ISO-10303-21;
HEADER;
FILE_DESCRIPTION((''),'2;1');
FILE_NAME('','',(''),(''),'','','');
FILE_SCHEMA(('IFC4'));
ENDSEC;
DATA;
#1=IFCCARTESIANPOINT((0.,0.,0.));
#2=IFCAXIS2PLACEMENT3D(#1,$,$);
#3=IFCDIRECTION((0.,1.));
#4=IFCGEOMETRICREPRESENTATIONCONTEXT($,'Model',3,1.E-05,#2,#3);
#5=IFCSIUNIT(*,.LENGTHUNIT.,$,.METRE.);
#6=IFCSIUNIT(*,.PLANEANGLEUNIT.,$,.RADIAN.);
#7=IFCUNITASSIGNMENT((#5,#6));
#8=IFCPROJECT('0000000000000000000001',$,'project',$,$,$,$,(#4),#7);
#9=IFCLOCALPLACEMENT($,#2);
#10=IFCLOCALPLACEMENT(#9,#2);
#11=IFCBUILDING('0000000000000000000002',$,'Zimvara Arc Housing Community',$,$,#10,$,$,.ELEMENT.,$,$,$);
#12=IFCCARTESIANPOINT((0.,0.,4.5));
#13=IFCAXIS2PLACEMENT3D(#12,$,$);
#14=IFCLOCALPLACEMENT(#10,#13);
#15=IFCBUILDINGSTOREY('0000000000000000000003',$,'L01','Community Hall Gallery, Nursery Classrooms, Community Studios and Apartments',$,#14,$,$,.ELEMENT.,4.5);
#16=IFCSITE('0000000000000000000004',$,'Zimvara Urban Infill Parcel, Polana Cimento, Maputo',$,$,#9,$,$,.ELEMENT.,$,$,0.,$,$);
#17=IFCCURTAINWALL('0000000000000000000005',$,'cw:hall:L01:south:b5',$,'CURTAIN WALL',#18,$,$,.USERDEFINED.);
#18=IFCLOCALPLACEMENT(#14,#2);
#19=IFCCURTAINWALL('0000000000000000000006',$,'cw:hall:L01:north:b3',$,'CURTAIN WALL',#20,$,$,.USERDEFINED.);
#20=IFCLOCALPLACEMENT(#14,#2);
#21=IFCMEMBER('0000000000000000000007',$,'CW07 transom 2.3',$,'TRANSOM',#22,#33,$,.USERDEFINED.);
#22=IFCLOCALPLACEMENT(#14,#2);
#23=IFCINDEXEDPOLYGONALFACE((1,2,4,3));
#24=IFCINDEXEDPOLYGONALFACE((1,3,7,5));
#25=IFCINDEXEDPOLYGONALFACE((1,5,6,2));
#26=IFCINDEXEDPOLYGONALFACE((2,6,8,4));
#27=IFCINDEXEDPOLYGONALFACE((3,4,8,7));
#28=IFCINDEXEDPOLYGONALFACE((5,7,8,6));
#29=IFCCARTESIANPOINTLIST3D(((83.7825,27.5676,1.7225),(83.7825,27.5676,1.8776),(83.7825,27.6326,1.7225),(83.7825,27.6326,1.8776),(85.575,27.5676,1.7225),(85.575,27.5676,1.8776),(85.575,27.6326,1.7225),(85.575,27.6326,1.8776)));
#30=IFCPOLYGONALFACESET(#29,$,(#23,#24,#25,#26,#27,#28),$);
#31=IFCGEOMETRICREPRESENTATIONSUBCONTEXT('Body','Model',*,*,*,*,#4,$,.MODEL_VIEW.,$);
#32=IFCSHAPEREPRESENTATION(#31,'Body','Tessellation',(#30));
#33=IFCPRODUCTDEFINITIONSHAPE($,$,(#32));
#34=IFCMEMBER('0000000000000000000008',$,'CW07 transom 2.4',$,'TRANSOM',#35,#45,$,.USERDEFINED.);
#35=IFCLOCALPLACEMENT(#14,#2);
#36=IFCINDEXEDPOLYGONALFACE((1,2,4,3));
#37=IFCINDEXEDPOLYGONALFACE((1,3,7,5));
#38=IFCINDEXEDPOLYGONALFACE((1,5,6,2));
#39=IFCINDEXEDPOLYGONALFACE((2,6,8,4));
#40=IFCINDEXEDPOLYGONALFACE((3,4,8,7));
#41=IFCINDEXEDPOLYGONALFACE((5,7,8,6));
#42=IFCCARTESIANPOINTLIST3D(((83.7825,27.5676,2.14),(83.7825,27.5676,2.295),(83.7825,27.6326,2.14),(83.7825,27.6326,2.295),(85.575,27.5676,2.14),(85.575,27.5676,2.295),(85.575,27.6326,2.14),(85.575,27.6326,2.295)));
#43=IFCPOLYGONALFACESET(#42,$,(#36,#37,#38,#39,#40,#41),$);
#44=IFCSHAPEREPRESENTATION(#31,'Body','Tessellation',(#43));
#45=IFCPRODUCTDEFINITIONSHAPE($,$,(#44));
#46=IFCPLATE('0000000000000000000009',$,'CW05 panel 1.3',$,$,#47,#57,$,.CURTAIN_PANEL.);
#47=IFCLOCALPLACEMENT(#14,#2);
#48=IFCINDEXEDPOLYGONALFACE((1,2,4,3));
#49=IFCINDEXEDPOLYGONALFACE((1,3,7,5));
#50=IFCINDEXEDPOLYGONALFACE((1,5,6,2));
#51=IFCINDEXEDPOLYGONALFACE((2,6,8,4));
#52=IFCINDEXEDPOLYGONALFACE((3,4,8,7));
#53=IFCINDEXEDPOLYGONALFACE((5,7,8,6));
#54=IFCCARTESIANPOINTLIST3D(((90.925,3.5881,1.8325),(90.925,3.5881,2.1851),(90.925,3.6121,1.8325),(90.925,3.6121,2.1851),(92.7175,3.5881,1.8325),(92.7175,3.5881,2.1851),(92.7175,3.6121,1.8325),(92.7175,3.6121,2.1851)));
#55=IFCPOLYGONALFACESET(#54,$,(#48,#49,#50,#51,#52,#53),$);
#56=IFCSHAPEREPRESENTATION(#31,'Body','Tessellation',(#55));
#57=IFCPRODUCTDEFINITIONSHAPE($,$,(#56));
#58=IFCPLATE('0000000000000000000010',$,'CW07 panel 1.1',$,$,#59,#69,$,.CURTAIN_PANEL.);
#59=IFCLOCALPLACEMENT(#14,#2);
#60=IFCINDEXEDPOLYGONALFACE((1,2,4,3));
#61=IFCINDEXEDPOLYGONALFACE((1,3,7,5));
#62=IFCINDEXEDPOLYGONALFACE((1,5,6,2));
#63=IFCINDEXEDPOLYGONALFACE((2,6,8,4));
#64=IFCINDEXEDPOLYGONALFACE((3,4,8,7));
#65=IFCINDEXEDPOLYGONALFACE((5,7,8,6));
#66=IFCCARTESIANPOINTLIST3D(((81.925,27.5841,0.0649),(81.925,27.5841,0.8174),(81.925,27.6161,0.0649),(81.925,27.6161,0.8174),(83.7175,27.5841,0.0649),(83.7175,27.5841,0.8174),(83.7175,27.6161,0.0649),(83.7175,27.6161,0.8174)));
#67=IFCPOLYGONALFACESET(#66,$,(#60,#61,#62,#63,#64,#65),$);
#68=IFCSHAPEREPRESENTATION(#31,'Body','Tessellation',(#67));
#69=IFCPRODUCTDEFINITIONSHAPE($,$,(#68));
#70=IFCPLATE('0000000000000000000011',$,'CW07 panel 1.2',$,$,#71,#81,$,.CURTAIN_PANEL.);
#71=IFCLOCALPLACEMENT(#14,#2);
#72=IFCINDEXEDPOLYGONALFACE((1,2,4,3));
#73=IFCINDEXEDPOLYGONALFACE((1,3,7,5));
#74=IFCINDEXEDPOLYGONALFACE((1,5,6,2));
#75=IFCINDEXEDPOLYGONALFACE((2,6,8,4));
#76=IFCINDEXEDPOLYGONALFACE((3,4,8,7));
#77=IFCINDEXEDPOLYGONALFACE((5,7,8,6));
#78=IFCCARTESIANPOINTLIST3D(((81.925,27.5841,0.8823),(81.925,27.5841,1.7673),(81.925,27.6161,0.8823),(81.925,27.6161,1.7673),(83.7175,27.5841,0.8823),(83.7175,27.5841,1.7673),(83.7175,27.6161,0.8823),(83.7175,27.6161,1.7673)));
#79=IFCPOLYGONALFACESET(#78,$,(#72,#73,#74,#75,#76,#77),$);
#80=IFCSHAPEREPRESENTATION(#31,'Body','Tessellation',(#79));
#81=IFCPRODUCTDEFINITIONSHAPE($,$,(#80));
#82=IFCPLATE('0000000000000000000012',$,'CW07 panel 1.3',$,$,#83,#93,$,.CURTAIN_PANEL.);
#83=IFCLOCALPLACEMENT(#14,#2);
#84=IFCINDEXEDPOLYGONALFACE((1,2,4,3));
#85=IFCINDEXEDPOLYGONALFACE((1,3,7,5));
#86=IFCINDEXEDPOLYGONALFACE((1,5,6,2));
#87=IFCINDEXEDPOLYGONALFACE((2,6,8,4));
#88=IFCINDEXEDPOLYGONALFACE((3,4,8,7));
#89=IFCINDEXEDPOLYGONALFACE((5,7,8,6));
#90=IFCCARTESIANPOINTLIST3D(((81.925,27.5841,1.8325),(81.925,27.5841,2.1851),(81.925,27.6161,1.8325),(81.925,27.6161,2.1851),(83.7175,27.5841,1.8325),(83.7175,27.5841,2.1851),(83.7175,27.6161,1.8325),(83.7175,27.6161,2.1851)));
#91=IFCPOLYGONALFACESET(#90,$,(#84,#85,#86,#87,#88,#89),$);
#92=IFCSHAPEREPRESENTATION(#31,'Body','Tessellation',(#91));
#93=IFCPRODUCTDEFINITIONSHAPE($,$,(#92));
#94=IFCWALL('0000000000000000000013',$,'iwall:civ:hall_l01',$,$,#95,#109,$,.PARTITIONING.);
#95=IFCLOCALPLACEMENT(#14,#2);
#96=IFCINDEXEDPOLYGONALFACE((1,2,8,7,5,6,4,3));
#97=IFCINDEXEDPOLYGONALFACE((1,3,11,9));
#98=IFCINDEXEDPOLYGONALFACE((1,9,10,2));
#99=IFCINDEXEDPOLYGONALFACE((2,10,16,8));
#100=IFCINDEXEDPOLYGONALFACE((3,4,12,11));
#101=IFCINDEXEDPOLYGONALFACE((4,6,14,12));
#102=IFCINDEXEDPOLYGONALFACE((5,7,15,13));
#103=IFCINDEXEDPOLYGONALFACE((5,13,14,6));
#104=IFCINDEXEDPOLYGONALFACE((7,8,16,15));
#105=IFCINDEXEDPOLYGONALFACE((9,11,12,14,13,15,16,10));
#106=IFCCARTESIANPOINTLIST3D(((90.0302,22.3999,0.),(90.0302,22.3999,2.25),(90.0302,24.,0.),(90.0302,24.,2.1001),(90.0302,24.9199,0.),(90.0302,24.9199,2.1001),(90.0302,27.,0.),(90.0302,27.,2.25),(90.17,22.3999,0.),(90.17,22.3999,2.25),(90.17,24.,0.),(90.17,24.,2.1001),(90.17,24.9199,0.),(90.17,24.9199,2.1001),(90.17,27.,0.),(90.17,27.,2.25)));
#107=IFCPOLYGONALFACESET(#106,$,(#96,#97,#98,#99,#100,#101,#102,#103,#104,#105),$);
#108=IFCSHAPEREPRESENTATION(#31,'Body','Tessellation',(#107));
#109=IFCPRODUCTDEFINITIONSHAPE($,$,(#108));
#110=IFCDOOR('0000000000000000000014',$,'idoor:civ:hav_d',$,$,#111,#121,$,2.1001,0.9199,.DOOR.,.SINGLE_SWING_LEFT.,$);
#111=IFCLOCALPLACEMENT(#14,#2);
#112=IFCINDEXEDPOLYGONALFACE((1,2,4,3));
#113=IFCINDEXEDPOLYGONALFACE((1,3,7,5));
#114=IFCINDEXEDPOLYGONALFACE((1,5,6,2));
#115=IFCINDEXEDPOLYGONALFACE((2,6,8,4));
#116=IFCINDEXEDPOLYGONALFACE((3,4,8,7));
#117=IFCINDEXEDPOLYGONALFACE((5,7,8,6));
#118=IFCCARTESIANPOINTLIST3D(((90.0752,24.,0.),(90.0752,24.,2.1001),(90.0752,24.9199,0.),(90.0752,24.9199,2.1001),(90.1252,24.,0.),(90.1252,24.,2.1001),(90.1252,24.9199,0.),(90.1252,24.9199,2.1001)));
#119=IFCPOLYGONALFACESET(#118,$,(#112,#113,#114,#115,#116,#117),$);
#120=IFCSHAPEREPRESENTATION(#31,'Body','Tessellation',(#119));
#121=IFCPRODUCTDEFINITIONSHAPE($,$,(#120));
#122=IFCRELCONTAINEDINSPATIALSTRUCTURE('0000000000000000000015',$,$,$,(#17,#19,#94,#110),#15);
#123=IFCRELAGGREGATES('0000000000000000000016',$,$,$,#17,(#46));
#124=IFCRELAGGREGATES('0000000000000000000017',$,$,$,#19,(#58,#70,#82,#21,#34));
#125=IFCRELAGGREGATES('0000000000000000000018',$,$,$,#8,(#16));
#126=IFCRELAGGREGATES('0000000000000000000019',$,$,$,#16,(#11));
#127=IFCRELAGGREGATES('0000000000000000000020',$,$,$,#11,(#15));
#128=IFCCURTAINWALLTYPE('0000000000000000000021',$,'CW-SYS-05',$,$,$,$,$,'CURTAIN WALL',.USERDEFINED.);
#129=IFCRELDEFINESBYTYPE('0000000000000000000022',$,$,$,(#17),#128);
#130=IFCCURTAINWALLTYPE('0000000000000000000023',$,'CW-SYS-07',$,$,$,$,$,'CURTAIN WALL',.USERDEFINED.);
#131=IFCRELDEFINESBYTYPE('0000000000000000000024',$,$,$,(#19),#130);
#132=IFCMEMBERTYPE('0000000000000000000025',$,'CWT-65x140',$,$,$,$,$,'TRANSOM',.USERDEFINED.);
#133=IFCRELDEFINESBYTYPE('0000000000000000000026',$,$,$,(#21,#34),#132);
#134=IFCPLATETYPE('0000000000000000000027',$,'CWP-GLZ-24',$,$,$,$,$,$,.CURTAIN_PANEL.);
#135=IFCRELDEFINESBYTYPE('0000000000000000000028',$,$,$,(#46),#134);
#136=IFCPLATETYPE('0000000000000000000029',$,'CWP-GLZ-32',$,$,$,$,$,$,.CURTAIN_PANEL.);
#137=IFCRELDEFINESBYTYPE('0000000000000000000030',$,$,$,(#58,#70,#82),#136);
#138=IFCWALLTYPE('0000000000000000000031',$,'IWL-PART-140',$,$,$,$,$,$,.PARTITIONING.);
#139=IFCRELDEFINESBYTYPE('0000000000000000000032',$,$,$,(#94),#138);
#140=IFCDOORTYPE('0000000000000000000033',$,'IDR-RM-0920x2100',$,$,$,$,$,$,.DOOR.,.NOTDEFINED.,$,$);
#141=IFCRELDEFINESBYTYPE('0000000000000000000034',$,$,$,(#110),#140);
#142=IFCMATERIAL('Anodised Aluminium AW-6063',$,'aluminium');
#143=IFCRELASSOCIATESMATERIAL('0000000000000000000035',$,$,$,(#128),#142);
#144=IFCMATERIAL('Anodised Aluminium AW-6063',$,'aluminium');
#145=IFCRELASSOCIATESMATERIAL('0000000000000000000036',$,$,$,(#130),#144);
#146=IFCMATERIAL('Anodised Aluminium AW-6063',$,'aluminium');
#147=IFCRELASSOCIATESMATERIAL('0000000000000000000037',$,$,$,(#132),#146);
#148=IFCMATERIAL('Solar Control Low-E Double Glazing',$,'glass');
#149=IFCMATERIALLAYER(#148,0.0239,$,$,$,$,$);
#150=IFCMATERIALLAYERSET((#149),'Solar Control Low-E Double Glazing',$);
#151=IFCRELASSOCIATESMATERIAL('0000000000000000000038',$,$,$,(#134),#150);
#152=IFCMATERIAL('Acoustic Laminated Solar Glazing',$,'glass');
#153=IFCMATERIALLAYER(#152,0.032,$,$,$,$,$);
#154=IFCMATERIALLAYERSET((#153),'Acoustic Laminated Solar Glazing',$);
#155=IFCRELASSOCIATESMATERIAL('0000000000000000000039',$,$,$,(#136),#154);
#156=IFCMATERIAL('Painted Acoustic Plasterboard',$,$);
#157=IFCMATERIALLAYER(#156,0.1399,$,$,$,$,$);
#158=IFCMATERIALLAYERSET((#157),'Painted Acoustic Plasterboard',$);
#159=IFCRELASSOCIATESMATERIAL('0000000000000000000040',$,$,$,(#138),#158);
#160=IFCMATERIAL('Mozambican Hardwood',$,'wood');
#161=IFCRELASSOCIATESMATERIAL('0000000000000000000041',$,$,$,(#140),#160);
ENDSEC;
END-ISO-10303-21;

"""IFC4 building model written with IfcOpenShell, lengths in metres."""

from ifc_helpers import new_model, si_unit, direction, frame, frame_2d, origin, origin_2d, place, context, subcontext, project, spatial, rectangle, extrude, material, layer, layer_set, material_profile, profile_set, type_object, element, fill, aggregate, save


model = new_model("IFC4")

# Units and contexts
model_context = context("Model", 3, precision=1e-05, world=origin(), true_north=direction((0.0, 1.0)))
body_context = subcontext(model_context, "Body", "Model", "MODEL_VIEW")
ifc_project = project(units=[si_unit("LENGTHUNIT", "METRE"), si_unit("PLANEANGLEUNIT", "RADIAN")], contexts=[model_context])

# Site, building, storey
site_placement = place(None, origin())
site = spatial("IfcSite", under=ifc_project, at=site_placement, Name="Zimvara Urban Infill Parcel, Polana Cimento, Maputo", CompositionType="ELEMENT", RefElevation=0.0)
building_placement = place(site_placement, origin())
building = spatial("IfcBuilding", under=site, at=building_placement, Name="Zimvara Arc Housing Community", CompositionType="ELEMENT")
storey_placement = place(building_placement, frame((0.0, 0.0, 4.5)))
storey = spatial("IfcBuildingStorey", under=building, at=storey_placement, Name="L01", Description="Community Hall Gallery, Nursery Classrooms, Community Studios and Apartments", CompositionType="ELEMENT", Elevation=4.5)

# Curtain wall
ifc_material_1 = material(Name="Anodised Aluminium AW-6063", Category="aluminium")
curtain_wall_type_1 = type_object("IfcCurtainWallType", Name="CW-SYS-05", ElementType="CURTAIN WALL", PredefinedType="USERDEFINED", material=ifc_material_1)
curtain_wall_1_placement = place(storey_placement, origin())
curtain_wall_1 = element("IfcCurtainWall", 1, at=curtain_wall_1_placement, inside=storey, type_object=curtain_wall_type_1, Name="cw:hall:L01:south:b5", ObjectType="CURTAIN WALL", PredefinedType="USERDEFINED")

# Curtain wall
ifc_material_2 = material(Name="Anodised Aluminium AW-6063", Category="aluminium")
curtain_wall_type_2 = type_object("IfcCurtainWallType", Name="CW-SYS-07", ElementType="CURTAIN WALL", PredefinedType="USERDEFINED", material=ifc_material_2)
curtain_wall_2_placement = place(storey_placement, origin())
curtain_wall_2 = element("IfcCurtainWall", 2, at=curtain_wall_2_placement, inside=storey, type_object=curtain_wall_type_2, Name="cw:hall:L01:north:b3", ObjectType="CURTAIN WALL", PredefinedType="USERDEFINED")

# Members
ifc_material_3 = material(Name="Anodised Aluminium AW-6063", Category="aluminium")
ifc_material_profile_1 = material_profile(ifc_material_3, rectangle(XDim=0.0649, YDim=0.155, at=origin_2d()), Name="ALU 65x155")
ifc_profile_set_1 = profile_set([ifc_material_profile_1], Name="Anodised Aluminium AW-6063")
member_type_1 = type_object("IfcMemberType", Name="CWT-65x140", ElementType="TRANSOM", PredefinedType="USERDEFINED", material=ifc_profile_set_1)
member_1_placement = place(storey_placement, frame((83.7825, 27.6001, 1.8), z_axis=(1.0, 0.0, 0.0), x_axis=(0.0, 1.0, 0.0)))
member_1 = element("IfcMember", 3, at=member_1_placement, type_object=member_type_1, Name="CW07 transom 2.3", ObjectType="TRANSOM", PredefinedType="USERDEFINED", context=body_context, shape_type="SweptSolid", body=[
    extrude(rectangle(XDim=0.0649, YDim=0.155, at=origin_2d()), origin(), (0.0, 0.0, 1.0), 1.7925),
])
member_2_placement = place(storey_placement, frame((83.7825, 27.6001, 2.2175), z_axis=(1.0, 0.0, 0.0), x_axis=(0.0, 1.0, 0.0)))
member_2 = element("IfcMember", 4, at=member_2_placement, type_object=member_type_1, Name="CW07 transom 2.4", ObjectType="TRANSOM", PredefinedType="USERDEFINED", context=body_context, shape_type="SweptSolid", body=[
    extrude(rectangle(XDim=0.0649, YDim=0.155, at=origin_2d()), origin(), (0.0, 0.0, 1.0), 1.7925),
])

# Plates
ifc_material_4 = material(Name="Solar Control Low-E Double Glazing", Category="glass")
ifc_layer_1 = layer(ifc_material_4, 0.0239)
ifc_layer_set_1 = layer_set([ifc_layer_1], Name="Solar Control Low-E Double Glazing")
plate_type_1 = type_object("IfcPlateType", Name="CWP-GLZ-24", PredefinedType="CURTAIN_PANEL", material=ifc_layer_set_1)
plate_1_placement = place(storey_placement, frame((91.8213, 3.6001, 1.8325), z_axis=(0.0, 0.0, 1.0), x_axis=(1.0, 0.0, 0.0)))
plate_1 = element("IfcPlate", 5, at=plate_1_placement, type_object=plate_type_1, Name="CW05 panel 1.3", PredefinedType="CURTAIN_PANEL", context=body_context, shape_type="SweptSolid", body=[
    extrude(rectangle(XDim=1.7925, YDim=0.0239, at=origin_2d()), origin(), (0.0, 0.0, 1.0), 0.3525),
])
aggregate(curtain_wall_1, [plate_1])
ifc_material_5 = material(Name="Acoustic Laminated Solar Glazing", Category="glass")
ifc_layer_2 = layer(ifc_material_5, 0.032)
ifc_layer_set_2 = layer_set([ifc_layer_2], Name="Acoustic Laminated Solar Glazing")
plate_type_2 = type_object("IfcPlateType", Name="CWP-GLZ-32", PredefinedType="CURTAIN_PANEL", material=ifc_layer_set_2)
plate_2_placement = place(storey_placement, frame((82.8213, 27.6001, 0.0649), z_axis=(0.0, 0.0, 1.0), x_axis=(1.0, 0.0, 0.0)))
plate_2 = element("IfcPlate", 6, at=plate_2_placement, type_object=plate_type_2, Name="CW07 panel 1.1", PredefinedType="CURTAIN_PANEL", context=body_context, shape_type="SweptSolid", body=[
    extrude(rectangle(XDim=1.7925, YDim=0.032, at=origin_2d()), origin(), (0.0, 0.0, 1.0), 0.7524),
])
plate_3_placement = place(storey_placement, frame((82.8213, 27.6001, 0.8823), z_axis=(0.0, 0.0, 1.0), x_axis=(1.0, 0.0, 0.0)))
plate_3 = element("IfcPlate", 7, at=plate_3_placement, type_object=plate_type_2, Name="CW07 panel 1.2", PredefinedType="CURTAIN_PANEL", context=body_context, shape_type="SweptSolid", body=[
    extrude(rectangle(XDim=1.7925, YDim=0.032, at=origin_2d()), origin(), (0.0, 0.0, 1.0), 0.885),
])
plate_4_placement = place(storey_placement, frame((82.8213, 27.6001, 1.8325), z_axis=(0.0, 0.0, 1.0), x_axis=(1.0, 0.0, 0.0)))
plate_4 = element("IfcPlate", 8, at=plate_4_placement, type_object=plate_type_2, Name="CW07 panel 1.3", PredefinedType="CURTAIN_PANEL", context=body_context, shape_type="SweptSolid", body=[
    extrude(rectangle(XDim=1.7925, YDim=0.032, at=origin_2d()), origin(), (0.0, 0.0, 1.0), 0.3525),
])
aggregate(curtain_wall_2, [plate_2, plate_3, plate_4, member_1, member_2])

# Wall, opening, door
ifc_material_6 = material(Name="Painted Acoustic Plasterboard")
ifc_layer_3 = layer(ifc_material_6, 0.1399)
ifc_layer_set_3 = layer_set([ifc_layer_3], Name="Painted Acoustic Plasterboard")
wall_type = type_object("IfcWallType", Name="IWL-PART-140", PredefinedType="PARTITIONING", material=ifc_layer_set_3)
wall_placement = place(storey_placement, frame((90.1001, 22.3999, 0.0), z_axis=(0.0, 0.0, 1.0), x_axis=(0.0, 1.0, 0.0)))
wall = element("IfcWall", 9, at=wall_placement, inside=storey, type_object=wall_type, Name="iwall:civ:hall_l01", PredefinedType="PARTITIONING", context=body_context, shape_type="SweptSolid", body=[
    extrude(rectangle(XDim=4.6001, YDim=0.1399, at=frame_2d((2.3, 0.0))), origin(), (0.0, 0.0, 1.0), 2.25),
])
opening_placement = place(wall_placement, frame((1.6001, 0.0, 0.0)))
opening = element("IfcOpeningElement", 10, at=opening_placement, cuts=wall, PredefinedType="OPENING", context=body_context, shape_type="SweptSolid", body=[
    extrude(rectangle(XDim=0.9199, YDim=2.1001, at=frame_2d((0.46, 1.05))), frame((0.0, 0.0798, 0.0), z_axis=(0.0, -1.0, 0.0), x_axis=(1.0, 0.0, 0.0)), (0.0, 0.0, 1.0), 0.1599),
])
ifc_material_7 = material(Name="Mozambican Hardwood", Category="wood")
door_type = type_object("IfcDoorType", Name="IDR-RM-0920x2100", OperationType="NOTDEFINED", PredefinedType="DOOR", material=ifc_material_7)
door_placement = place(opening_placement, origin())
door = element("IfcDoor", 11, at=door_placement, inside=storey, type_object=door_type, Name="idoor:civ:hav_d", OperationType="SINGLE_SWING_LEFT", OverallHeight=2.1001, OverallWidth=0.9199, PredefinedType="DOOR", context=body_context, shape_type="SweptSolid", body=[
    extrude(rectangle(XDim=0.9199, YDim=2.1001, at=frame_2d((0.46, 1.05))), frame((0.0, 0.0249, 0.0), z_axis=(0.0, -1.0, 0.0), x_axis=(1.0, 0.0, 0.0)), (0.0, 0.0, 1.0), 0.05),
])
fill(opening, door)

save(model, "model.ifc")
